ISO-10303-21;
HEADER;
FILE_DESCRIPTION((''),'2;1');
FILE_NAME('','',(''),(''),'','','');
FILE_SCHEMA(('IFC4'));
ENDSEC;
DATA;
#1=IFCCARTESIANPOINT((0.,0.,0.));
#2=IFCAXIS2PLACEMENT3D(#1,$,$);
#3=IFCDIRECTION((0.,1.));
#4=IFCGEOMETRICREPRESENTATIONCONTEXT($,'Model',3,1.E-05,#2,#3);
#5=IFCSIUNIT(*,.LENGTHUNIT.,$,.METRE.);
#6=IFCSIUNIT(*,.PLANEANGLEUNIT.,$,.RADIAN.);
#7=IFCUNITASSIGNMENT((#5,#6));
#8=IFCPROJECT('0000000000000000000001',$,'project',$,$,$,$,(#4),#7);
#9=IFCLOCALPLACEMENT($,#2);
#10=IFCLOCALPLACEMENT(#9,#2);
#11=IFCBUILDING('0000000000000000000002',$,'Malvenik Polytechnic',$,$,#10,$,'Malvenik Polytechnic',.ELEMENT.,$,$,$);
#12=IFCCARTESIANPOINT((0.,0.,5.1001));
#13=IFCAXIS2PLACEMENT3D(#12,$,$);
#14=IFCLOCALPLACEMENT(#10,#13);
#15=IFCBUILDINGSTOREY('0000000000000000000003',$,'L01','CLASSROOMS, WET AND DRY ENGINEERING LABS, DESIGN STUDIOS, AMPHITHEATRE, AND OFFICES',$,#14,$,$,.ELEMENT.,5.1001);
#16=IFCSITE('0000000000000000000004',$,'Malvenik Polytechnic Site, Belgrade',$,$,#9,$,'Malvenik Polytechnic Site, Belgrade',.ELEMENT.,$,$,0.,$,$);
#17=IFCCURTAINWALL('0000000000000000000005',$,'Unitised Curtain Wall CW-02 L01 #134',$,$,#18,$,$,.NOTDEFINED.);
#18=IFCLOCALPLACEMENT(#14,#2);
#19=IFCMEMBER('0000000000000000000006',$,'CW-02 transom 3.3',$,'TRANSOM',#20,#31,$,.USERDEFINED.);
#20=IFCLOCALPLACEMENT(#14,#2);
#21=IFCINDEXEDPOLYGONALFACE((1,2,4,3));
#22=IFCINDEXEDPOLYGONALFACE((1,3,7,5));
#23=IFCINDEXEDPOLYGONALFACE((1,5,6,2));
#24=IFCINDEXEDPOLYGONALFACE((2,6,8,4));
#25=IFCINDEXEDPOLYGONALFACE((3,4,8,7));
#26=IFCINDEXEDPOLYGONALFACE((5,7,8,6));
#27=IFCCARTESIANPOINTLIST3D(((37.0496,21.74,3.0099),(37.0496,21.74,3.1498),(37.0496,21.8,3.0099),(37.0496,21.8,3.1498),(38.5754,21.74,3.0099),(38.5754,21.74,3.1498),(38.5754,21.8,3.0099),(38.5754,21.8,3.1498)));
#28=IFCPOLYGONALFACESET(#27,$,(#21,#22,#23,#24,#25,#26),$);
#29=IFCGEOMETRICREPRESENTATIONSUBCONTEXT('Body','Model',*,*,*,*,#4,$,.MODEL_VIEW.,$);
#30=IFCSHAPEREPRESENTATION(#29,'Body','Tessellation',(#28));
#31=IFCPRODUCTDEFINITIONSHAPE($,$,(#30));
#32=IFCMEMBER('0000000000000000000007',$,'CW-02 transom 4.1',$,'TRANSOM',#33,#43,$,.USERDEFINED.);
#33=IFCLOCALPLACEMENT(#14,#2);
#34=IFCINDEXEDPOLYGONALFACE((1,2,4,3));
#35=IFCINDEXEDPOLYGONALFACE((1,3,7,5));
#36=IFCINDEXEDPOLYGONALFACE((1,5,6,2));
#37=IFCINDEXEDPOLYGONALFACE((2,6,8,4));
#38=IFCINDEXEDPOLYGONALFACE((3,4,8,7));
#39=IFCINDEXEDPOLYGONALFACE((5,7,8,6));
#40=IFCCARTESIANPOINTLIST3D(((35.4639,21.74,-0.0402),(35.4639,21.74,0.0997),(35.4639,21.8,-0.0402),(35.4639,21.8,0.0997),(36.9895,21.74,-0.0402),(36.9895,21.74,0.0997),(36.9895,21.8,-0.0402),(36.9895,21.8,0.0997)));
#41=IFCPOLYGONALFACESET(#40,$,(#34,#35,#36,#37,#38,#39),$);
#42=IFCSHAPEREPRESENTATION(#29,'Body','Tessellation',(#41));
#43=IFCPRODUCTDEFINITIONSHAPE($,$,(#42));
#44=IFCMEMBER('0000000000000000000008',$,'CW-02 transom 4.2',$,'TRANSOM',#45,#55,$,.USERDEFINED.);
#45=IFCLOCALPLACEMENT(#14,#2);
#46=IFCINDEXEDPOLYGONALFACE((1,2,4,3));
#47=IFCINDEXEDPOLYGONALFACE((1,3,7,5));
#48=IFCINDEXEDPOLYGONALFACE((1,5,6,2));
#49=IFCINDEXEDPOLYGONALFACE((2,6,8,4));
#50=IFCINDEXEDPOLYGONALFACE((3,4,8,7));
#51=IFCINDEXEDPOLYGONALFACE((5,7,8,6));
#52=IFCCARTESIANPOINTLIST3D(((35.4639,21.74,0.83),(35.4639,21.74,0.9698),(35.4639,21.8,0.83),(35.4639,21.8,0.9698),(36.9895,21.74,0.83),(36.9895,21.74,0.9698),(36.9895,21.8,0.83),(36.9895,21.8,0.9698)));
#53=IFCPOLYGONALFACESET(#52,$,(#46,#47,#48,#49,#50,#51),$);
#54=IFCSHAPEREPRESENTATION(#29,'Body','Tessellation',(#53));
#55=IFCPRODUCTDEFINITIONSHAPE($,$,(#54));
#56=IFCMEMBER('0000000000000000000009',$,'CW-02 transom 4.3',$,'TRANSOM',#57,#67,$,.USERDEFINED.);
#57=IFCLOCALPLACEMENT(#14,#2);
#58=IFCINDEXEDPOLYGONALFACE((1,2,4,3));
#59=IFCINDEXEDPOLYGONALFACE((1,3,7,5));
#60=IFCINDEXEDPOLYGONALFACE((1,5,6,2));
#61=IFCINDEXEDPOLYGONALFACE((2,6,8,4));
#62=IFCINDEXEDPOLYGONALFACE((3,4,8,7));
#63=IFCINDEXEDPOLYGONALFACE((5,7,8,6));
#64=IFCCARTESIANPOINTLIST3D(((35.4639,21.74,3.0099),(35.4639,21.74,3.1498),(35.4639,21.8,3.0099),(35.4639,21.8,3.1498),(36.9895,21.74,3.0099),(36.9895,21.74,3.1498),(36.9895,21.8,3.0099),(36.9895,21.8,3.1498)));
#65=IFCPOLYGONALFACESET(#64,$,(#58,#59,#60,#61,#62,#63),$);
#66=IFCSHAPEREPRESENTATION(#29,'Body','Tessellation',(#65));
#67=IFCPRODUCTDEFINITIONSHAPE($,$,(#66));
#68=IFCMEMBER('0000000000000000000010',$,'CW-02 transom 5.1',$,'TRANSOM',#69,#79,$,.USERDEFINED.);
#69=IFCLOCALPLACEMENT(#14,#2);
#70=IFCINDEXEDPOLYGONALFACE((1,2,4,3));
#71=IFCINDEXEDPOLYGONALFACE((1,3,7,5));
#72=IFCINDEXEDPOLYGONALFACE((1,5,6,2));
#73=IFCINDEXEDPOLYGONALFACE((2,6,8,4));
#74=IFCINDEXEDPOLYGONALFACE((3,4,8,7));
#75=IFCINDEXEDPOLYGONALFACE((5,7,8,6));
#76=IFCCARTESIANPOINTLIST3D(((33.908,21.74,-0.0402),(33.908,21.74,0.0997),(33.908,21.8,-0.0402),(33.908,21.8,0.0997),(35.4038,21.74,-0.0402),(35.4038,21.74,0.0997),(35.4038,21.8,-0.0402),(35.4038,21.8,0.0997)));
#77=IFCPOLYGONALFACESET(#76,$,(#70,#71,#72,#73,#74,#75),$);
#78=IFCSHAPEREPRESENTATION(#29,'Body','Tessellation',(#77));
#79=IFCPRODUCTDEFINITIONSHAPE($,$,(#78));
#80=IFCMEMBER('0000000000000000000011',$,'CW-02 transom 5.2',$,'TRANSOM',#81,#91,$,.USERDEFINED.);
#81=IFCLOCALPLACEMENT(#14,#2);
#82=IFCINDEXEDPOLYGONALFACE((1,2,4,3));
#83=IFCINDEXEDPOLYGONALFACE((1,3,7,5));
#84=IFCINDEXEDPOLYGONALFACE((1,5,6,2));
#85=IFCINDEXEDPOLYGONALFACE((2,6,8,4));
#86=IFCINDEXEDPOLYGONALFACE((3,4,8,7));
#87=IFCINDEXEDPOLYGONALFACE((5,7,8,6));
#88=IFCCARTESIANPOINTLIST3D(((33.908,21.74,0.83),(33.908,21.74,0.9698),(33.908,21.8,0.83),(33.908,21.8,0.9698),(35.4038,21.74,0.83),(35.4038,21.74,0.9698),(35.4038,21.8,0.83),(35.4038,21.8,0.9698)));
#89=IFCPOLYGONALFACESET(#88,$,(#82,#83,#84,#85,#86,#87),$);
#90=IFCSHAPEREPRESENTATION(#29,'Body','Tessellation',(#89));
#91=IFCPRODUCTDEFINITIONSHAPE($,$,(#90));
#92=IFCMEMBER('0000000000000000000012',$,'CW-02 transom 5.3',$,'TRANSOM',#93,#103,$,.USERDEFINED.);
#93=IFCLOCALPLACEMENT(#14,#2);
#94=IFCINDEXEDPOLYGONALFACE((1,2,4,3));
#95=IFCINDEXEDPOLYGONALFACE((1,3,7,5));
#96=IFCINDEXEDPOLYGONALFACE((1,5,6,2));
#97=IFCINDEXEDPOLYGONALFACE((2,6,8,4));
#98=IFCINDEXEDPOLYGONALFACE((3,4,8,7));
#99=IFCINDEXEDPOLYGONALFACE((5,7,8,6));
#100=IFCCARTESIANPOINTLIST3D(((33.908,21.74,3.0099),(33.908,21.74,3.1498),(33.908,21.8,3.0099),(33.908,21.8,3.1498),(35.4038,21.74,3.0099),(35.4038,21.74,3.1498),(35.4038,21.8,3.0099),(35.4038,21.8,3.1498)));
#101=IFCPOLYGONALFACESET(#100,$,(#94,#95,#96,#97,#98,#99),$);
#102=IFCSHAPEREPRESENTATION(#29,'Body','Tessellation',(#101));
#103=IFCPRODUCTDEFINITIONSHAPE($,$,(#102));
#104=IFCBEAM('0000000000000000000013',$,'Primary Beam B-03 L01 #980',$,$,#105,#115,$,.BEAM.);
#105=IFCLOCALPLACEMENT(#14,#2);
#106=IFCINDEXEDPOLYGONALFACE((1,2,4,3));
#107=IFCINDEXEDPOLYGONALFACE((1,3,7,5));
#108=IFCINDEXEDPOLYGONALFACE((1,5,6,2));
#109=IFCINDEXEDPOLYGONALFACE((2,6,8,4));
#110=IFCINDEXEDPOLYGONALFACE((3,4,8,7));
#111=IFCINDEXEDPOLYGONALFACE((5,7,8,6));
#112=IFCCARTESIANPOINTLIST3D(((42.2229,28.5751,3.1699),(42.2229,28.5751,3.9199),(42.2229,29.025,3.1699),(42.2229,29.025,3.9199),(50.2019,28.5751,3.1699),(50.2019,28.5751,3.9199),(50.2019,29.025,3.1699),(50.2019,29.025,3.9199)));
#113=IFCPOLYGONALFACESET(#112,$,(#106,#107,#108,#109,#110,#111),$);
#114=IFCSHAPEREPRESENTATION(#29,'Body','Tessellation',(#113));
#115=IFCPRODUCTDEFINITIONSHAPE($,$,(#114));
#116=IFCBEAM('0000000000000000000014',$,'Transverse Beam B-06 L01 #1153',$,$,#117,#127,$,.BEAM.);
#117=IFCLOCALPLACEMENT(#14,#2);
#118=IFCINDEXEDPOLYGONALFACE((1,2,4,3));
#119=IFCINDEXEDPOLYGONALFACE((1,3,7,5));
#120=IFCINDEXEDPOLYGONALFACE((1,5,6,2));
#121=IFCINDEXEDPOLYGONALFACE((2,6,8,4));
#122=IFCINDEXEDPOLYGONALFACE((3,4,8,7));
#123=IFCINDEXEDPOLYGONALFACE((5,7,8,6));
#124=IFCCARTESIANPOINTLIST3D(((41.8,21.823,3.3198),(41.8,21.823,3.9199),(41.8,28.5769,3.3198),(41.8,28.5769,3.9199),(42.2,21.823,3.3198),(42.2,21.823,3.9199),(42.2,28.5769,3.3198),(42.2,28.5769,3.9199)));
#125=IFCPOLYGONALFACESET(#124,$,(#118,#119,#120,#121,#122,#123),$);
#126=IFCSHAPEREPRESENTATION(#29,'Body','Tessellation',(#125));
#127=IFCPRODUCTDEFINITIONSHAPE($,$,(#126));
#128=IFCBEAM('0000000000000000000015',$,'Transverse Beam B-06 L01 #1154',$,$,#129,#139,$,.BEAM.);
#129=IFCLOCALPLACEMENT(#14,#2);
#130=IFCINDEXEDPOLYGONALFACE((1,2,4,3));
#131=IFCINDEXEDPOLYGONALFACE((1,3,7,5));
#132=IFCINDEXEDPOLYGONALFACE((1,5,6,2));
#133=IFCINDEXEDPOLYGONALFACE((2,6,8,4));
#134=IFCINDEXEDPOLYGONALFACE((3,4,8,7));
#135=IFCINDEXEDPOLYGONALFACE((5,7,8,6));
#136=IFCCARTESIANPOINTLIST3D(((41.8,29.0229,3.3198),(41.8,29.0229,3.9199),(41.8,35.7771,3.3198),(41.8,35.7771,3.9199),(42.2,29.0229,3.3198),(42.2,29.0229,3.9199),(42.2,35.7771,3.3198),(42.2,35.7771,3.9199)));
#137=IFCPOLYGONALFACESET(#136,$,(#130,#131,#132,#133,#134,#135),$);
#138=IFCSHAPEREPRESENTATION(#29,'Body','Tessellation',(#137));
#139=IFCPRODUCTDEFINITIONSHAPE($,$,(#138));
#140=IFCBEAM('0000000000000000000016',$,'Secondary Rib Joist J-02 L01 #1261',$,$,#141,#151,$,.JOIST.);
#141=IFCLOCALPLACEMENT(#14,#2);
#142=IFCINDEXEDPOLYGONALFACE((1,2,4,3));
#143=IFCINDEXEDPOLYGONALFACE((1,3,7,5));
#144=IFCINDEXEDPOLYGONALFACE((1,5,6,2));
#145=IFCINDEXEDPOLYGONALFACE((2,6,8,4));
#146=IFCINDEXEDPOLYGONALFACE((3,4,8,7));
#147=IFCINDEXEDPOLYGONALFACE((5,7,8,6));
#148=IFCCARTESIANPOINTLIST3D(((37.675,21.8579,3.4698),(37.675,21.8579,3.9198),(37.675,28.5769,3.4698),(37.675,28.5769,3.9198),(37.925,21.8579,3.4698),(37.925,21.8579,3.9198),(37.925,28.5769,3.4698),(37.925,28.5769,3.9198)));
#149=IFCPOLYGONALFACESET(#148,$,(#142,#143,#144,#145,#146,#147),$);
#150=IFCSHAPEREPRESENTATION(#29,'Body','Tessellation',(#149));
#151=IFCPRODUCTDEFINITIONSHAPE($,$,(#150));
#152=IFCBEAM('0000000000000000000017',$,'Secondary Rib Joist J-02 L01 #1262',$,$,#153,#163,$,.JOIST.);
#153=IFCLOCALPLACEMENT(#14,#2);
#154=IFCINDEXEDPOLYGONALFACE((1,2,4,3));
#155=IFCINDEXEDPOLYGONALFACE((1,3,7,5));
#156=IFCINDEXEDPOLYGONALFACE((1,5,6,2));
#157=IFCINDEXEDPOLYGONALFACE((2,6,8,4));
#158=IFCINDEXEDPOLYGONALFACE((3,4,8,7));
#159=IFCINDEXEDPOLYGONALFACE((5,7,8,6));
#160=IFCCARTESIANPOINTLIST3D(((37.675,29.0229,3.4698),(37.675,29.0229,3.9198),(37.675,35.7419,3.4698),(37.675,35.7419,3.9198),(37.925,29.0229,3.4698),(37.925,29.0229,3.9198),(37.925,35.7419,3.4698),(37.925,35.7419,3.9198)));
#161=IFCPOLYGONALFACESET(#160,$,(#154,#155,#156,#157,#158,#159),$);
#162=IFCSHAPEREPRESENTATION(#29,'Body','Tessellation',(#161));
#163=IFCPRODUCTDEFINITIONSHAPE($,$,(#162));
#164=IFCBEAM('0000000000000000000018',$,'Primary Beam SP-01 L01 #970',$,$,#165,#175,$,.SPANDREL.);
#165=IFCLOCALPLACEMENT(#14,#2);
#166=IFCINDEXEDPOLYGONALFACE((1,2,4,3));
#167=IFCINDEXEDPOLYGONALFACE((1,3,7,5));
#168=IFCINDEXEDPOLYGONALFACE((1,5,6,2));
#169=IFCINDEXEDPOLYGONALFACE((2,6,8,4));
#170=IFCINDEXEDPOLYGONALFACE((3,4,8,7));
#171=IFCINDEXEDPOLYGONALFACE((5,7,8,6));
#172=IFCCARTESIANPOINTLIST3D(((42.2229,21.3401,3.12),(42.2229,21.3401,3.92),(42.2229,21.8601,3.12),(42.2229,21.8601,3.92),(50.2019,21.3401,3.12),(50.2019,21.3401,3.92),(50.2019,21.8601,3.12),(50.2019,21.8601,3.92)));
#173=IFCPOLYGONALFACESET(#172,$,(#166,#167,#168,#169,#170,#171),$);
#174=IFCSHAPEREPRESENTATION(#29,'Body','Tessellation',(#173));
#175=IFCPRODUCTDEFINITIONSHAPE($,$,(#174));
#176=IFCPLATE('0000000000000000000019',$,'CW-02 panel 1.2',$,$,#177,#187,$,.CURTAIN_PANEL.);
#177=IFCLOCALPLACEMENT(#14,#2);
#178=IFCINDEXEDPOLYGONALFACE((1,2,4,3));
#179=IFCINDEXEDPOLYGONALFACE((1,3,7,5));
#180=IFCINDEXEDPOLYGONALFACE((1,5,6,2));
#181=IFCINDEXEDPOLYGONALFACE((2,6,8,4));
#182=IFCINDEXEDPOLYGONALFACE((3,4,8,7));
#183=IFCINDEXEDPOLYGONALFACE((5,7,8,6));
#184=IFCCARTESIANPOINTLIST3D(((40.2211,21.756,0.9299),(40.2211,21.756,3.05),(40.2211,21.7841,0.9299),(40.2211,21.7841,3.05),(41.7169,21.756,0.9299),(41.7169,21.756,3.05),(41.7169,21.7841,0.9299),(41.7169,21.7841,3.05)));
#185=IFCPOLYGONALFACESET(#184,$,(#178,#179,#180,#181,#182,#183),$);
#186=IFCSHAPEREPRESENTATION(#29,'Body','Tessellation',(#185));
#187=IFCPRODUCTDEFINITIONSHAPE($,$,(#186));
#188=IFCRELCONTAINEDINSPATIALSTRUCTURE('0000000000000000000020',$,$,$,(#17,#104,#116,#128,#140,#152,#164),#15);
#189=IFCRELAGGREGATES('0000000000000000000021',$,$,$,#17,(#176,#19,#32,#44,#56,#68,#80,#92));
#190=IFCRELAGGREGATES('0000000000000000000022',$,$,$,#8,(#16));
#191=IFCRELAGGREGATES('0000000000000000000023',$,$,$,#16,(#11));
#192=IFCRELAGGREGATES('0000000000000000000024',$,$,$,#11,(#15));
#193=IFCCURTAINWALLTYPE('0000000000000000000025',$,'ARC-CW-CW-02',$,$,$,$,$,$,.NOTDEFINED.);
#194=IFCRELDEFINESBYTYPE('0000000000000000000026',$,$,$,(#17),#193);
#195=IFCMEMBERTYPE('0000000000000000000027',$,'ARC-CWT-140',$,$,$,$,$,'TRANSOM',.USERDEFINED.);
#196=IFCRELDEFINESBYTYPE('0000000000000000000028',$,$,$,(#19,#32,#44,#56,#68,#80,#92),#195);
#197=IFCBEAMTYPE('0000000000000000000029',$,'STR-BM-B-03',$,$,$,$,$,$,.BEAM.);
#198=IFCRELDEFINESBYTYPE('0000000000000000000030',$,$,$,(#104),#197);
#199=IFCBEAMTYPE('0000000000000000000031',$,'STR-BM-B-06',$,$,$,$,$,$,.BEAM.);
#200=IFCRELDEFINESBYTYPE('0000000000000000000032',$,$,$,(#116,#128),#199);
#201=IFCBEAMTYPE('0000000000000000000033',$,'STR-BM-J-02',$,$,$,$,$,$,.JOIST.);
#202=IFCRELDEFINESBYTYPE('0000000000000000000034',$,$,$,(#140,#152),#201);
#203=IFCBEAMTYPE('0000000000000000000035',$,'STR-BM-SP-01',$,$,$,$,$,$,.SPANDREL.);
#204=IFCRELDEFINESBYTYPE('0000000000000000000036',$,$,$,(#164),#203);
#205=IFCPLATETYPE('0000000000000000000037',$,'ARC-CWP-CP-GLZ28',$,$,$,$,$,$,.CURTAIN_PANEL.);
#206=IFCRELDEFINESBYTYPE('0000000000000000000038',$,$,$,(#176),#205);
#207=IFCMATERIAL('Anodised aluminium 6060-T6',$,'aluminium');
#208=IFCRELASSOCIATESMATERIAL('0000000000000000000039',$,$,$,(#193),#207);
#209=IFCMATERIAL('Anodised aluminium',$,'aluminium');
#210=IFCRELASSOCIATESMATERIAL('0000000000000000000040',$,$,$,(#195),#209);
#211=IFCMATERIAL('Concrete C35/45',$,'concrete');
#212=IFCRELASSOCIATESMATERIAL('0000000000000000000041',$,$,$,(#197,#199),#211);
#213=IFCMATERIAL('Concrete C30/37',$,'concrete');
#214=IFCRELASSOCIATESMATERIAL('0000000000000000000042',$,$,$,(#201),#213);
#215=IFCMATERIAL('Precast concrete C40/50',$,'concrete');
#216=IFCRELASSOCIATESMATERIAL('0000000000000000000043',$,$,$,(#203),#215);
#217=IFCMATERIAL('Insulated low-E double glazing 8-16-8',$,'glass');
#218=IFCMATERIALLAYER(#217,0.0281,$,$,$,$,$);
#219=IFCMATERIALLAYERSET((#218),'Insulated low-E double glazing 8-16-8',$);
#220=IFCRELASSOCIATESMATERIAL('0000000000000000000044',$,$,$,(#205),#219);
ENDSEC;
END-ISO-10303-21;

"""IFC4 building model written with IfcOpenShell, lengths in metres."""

from ifc_helpers import new_model, si_unit, direction, frame, origin, origin_2d, place, context, subcontext, project, spatial, rectangle, extrude, material, layer, layer_set, material_profile, profile_set, type_object, element, aggregate, save


model = new_model("IFC4")

# Units and contexts
model_context = context("Model", 3, precision=1e-05, world=origin(), true_north=direction((0.0, 1.0)))
body_context = subcontext(model_context, "Body", "Model", "MODEL_VIEW")
ifc_project = project(units=[si_unit("LENGTHUNIT", "METRE"), si_unit("PLANEANGLEUNIT", "RADIAN")], contexts=[model_context])

# Site, building, storey
site_placement = place(None, origin())
site = spatial("IfcSite", under=ifc_project, at=site_placement, Name="Malvenik Polytechnic Site, Belgrade", LongName="Malvenik Polytechnic Site, Belgrade", CompositionType="ELEMENT", RefElevation=0.0)
building_placement = place(site_placement, origin())
building = spatial("IfcBuilding", under=site, at=building_placement, Name="Malvenik Polytechnic", LongName="Malvenik Polytechnic", CompositionType="ELEMENT")
storey_placement = place(building_placement, frame((0.0, 0.0, 5.1001)))
storey = spatial("IfcBuildingStorey", under=building, at=storey_placement, Name="L01", Description="CLASSROOMS, WET AND DRY ENGINEERING LABS, DESIGN STUDIOS, AMPHITHEATRE, AND OFFICES", CompositionType="ELEMENT", Elevation=5.1001)

# Shared definitions
ifc_material_1 = material(Name="Concrete C35/45", Category="concrete")

# Curtain wall, members
ifc_material_2 = material(Name="Anodised aluminium 6060-T6", Category="aluminium")
curtain_wall_type = type_object("IfcCurtainWallType", Name="ARC-CW-CW-02", PredefinedType="NOTDEFINED", material=ifc_material_2)
curtain_wall_placement = place(storey_placement, origin())
curtain_wall = element("IfcCurtainWall", 1, at=curtain_wall_placement, inside=storey, type_object=curtain_wall_type, Name="Unitised Curtain Wall CW-02 L01 #134", PredefinedType="NOTDEFINED")
ifc_material_3 = material(Name="Anodised aluminium", Category="aluminium")
ifc_material_profile_1 = material_profile(ifc_material_3, rectangle(XDim=0.0601, YDim=0.1399, at=origin_2d()), Name="ALU TRANSOM 60x140")
ifc_profile_set_1 = profile_set([ifc_material_profile_1], Name="Anodised aluminium")
member_type_1 = type_object("IfcMemberType", Name="ARC-CWT-140", ElementType="TRANSOM", PredefinedType="USERDEFINED", material=ifc_profile_set_1)
member_1_placement = place(storey_placement, frame((38.5754, 21.77, 3.0798), z_axis=(-1.0, 0.0, 0.0), x_axis=(0.0, -1.0, 0.0)))
member_1 = element("IfcMember", 2, at=member_1_placement, type_object=member_type_1, Name="CW-02 transom 3.3", ObjectType="TRANSOM", PredefinedType="USERDEFINED", context=body_context, shape_type="SweptSolid", body=[
    extrude(rectangle(XDim=0.0601, YDim=0.1399, at=origin_2d()), origin(), (0.0, 0.0, 1.0), 1.5259),
])
member_2_placement = place(storey_placement, frame((36.9895, 21.77, 0.0298), z_axis=(-1.0, 0.0, 0.0), x_axis=(0.0, -1.0, 0.0)))
member_2 = element("IfcMember", 3, at=member_2_placement, type_object=member_type_1, Name="CW-02 transom 4.1", ObjectType="TRANSOM", PredefinedType="USERDEFINED", context=body_context, shape_type="SweptSolid", body=[
    extrude(rectangle(XDim=0.0601, YDim=0.1399, at=origin_2d()), origin(), (0.0, 0.0, 1.0), 1.5256),
])
member_3_placement = place(storey_placement, frame((36.9895, 21.77, 0.8999), z_axis=(-1.0, 0.0, 0.0), x_axis=(0.0, -1.0, 0.0)))
member_3 = element("IfcMember", 4, at=member_3_placement, type_object=member_type_1, Name="CW-02 transom 4.2", ObjectType="TRANSOM", PredefinedType="USERDEFINED", context=body_context, shape_type="SweptSolid", body=[
    extrude(rectangle(XDim=0.0601, YDim=0.1399, at=origin_2d()), origin(), (0.0, 0.0, 1.0), 1.5256),
])
member_4_placement = place(storey_placement, frame((36.9895, 21.77, 3.0798), z_axis=(-1.0, 0.0, 0.0), x_axis=(0.0, -1.0, 0.0)))
member_4 = element("IfcMember", 5, at=member_4_placement, type_object=member_type_1, Name="CW-02 transom 4.3", ObjectType="TRANSOM", PredefinedType="USERDEFINED", context=body_context, shape_type="SweptSolid", body=[
    extrude(rectangle(XDim=0.0601, YDim=0.1399, at=origin_2d()), origin(), (0.0, 0.0, 1.0), 1.5256),
])
member_5_placement = place(storey_placement, frame((35.4038, 21.77, 0.0298), z_axis=(-1.0, 0.0, 0.0), x_axis=(0.0, -1.0, 0.0)))
member_5 = element("IfcMember", 6, at=member_5_placement, type_object=member_type_1, Name="CW-02 transom 5.1", ObjectType="TRANSOM", PredefinedType="USERDEFINED", context=body_context, shape_type="SweptSolid", body=[
    extrude(rectangle(XDim=0.0601, YDim=0.1399, at=origin_2d()), origin(), (0.0, 0.0, 1.0), 1.4958),
])
member_6_placement = place(storey_placement, frame((35.4038, 21.77, 0.8999), z_axis=(-1.0, 0.0, 0.0), x_axis=(0.0, -1.0, 0.0)))
member_6 = element("IfcMember", 7, at=member_6_placement, type_object=member_type_1, Name="CW-02 transom 5.2", ObjectType="TRANSOM", PredefinedType="USERDEFINED", context=body_context, shape_type="SweptSolid", body=[
    extrude(rectangle(XDim=0.0601, YDim=0.1399, at=origin_2d()), origin(), (0.0, 0.0, 1.0), 1.4958),
])
member_7_placement = place(storey_placement, frame((35.4038, 21.77, 3.0798), z_axis=(-1.0, 0.0, 0.0), x_axis=(0.0, -1.0, 0.0)))
member_7 = element("IfcMember", 8, at=member_7_placement, type_object=member_type_1, Name="CW-02 transom 5.3", ObjectType="TRANSOM", PredefinedType="USERDEFINED", context=body_context, shape_type="SweptSolid", body=[
    extrude(rectangle(XDim=0.0601, YDim=0.1399, at=origin_2d()), origin(), (0.0, 0.0, 1.0), 1.4958),
])

# Beams
ifc_material_profile_2 = material_profile(ifc_material_1, rectangle(XDim=0.45, YDim=0.75, at=origin_2d()), Name="RC BM 450x750")
ifc_profile_set_2 = profile_set([ifc_material_profile_2], Name="Concrete C35/45")
beam_type_1 = type_object("IfcBeamType", Name="STR-BM-B-03", PredefinedType="BEAM", material=ifc_profile_set_2)
beam_1_placement = place(storey_placement, frame((42.2229, 28.8, 3.5449), z_axis=(1.0, 0.0, 0.0), x_axis=(0.0, 1.0, 0.0)))
element("IfcBeam", 9, at=beam_1_placement, inside=storey, type_object=beam_type_1, Name="Primary Beam B-03 L01 #980", PredefinedType="BEAM", context=body_context, shape_type="SweptSolid", body=[
    extrude(rectangle(XDim=0.45, YDim=0.75, at=origin_2d()), origin(), (0.0, 0.0, 1.0), 7.979),
])
ifc_material_profile_3 = material_profile(ifc_material_1, rectangle(XDim=0.3999, YDim=0.6001, at=origin_2d()), Name="RC BM 400x600")
ifc_profile_set_3 = profile_set([ifc_material_profile_3], Name="Concrete C35/45")
beam_type_2 = type_object("IfcBeamType", Name="STR-BM-B-06", PredefinedType="BEAM", material=ifc_profile_set_3)
beam_2_placement = place(storey_placement, frame((42.0, 21.823, 3.6199), z_axis=(0.0, 1.0, 0.0), x_axis=(-1.0, 0.0, 0.0)))
element("IfcBeam", 10, at=beam_2_placement, inside=storey, type_object=beam_type_2, Name="Transverse Beam B-06 L01 #1153", PredefinedType="BEAM", context=body_context, shape_type="SweptSolid", body=[
    extrude(rectangle(XDim=0.3999, YDim=0.6001, at=origin_2d()), origin(), (0.0, 0.0, 1.0), 6.7539),
])
beam_3_placement = place(storey_placement, frame((42.0, 29.0229, 3.6199), z_axis=(0.0, 1.0, 0.0), x_axis=(-1.0, 0.0, 0.0)))
element("IfcBeam", 11, at=beam_3_placement, inside=storey, type_object=beam_type_2, Name="Transverse Beam B-06 L01 #1154", PredefinedType="BEAM", context=body_context, shape_type="SweptSolid", body=[
    extrude(rectangle(XDim=0.3999, YDim=0.6001, at=origin_2d()), origin(), (0.0, 0.0, 1.0), 6.7542),
])
ifc_material_4 = material(Name="Concrete C30/37", Category="concrete")
ifc_material_profile_4 = material_profile(ifc_material_4, rectangle(XDim=0.25, YDim=0.45, at=origin_2d()), Name="RC JST 250x450")
ifc_profile_set_4 = profile_set([ifc_material_profile_4], Name="Concrete C30/37")
beam_type_3 = type_object("IfcBeamType", Name="STR-BM-J-02", PredefinedType="JOIST", material=ifc_profile_set_4)
for number, where, z_axis, x_axis, name in (
    (12, (37.8, 21.8579, 3.6948), (0.0, 1.0, 0.0), (-1.0, 0.0, 0.0), "Secondary Rib Joist J-02 L01 #1261"),
    (13, (37.8, 29.0229, 3.6948), (0.0, 1.0, 0.0), (-1.0, 0.0, 0.0), "Secondary Rib Joist J-02 L01 #1262"),
):
    element("IfcBeam", number, at=place(storey_placement, frame(where, z_axis=z_axis, x_axis=x_axis)), inside=storey, type_object=beam_type_3, Name=name, PredefinedType="JOIST", context=body_context, shape_type="SweptSolid", body=[
        extrude(rectangle(XDim=0.25, YDim=0.45, at=origin_2d()), origin(), (0.0, 0.0, 1.0), 6.719),
    ])
ifc_material_5 = material(Name="Precast concrete C40/50", Category="concrete")
ifc_material_profile_5 = material_profile(ifc_material_5, rectangle(XDim=0.52, YDim=0.8, at=origin_2d()), Name="PC SPN 520x800")
ifc_profile_set_5 = profile_set([ifc_material_profile_5], Name="Precast concrete C40/50")
beam_type_4 = type_object("IfcBeamType", Name="STR-BM-SP-01", PredefinedType="SPANDREL", material=ifc_profile_set_5)
beam_4_placement = place(storey_placement, frame((42.2229, 21.6001, 3.52), z_axis=(1.0, 0.0, 0.0), x_axis=(0.0, 1.0, 0.0)))
element("IfcBeam", 14, at=beam_4_placement, inside=storey, type_object=beam_type_4, Name="Primary Beam SP-01 L01 #970", PredefinedType="SPANDREL", context=body_context, shape_type="SweptSolid", body=[
    extrude(rectangle(XDim=0.52, YDim=0.8, at=origin_2d()), origin(), (0.0, 0.0, 1.0), 7.979),
])

# Plate
ifc_material_6 = material(Name="Insulated low-E double glazing 8-16-8", Category="glass")
ifc_layer_1 = layer(ifc_material_6, 0.0281)
ifc_layer_set_1 = layer_set([ifc_layer_1], Name="Insulated low-E double glazing 8-16-8")
plate_type_1 = type_object("IfcPlateType", Name="ARC-CWP-CP-GLZ28", PredefinedType="CURTAIN_PANEL", material=ifc_layer_set_1)
plate_1_placement = place(storey_placement, frame((40.969, 21.77, 0.9299), z_axis=(0.0, 0.0, 1.0), x_axis=(-1.0, 0.0, 0.0)))
plate_1 = element("IfcPlate", 15, at=plate_1_placement, type_object=plate_type_1, Name="CW-02 panel 1.2", PredefinedType="CURTAIN_PANEL", context=body_context, shape_type="SweptSolid", body=[
    extrude(rectangle(XDim=1.4958, YDim=0.0281, at=origin_2d()), origin(), (0.0, 0.0, 1.0), 2.1201),
])
aggregate(curtain_wall, [plate_1, member_1, member_2, member_3, member_4, member_5, member_6, member_7])

save(model, "model.ifc")
